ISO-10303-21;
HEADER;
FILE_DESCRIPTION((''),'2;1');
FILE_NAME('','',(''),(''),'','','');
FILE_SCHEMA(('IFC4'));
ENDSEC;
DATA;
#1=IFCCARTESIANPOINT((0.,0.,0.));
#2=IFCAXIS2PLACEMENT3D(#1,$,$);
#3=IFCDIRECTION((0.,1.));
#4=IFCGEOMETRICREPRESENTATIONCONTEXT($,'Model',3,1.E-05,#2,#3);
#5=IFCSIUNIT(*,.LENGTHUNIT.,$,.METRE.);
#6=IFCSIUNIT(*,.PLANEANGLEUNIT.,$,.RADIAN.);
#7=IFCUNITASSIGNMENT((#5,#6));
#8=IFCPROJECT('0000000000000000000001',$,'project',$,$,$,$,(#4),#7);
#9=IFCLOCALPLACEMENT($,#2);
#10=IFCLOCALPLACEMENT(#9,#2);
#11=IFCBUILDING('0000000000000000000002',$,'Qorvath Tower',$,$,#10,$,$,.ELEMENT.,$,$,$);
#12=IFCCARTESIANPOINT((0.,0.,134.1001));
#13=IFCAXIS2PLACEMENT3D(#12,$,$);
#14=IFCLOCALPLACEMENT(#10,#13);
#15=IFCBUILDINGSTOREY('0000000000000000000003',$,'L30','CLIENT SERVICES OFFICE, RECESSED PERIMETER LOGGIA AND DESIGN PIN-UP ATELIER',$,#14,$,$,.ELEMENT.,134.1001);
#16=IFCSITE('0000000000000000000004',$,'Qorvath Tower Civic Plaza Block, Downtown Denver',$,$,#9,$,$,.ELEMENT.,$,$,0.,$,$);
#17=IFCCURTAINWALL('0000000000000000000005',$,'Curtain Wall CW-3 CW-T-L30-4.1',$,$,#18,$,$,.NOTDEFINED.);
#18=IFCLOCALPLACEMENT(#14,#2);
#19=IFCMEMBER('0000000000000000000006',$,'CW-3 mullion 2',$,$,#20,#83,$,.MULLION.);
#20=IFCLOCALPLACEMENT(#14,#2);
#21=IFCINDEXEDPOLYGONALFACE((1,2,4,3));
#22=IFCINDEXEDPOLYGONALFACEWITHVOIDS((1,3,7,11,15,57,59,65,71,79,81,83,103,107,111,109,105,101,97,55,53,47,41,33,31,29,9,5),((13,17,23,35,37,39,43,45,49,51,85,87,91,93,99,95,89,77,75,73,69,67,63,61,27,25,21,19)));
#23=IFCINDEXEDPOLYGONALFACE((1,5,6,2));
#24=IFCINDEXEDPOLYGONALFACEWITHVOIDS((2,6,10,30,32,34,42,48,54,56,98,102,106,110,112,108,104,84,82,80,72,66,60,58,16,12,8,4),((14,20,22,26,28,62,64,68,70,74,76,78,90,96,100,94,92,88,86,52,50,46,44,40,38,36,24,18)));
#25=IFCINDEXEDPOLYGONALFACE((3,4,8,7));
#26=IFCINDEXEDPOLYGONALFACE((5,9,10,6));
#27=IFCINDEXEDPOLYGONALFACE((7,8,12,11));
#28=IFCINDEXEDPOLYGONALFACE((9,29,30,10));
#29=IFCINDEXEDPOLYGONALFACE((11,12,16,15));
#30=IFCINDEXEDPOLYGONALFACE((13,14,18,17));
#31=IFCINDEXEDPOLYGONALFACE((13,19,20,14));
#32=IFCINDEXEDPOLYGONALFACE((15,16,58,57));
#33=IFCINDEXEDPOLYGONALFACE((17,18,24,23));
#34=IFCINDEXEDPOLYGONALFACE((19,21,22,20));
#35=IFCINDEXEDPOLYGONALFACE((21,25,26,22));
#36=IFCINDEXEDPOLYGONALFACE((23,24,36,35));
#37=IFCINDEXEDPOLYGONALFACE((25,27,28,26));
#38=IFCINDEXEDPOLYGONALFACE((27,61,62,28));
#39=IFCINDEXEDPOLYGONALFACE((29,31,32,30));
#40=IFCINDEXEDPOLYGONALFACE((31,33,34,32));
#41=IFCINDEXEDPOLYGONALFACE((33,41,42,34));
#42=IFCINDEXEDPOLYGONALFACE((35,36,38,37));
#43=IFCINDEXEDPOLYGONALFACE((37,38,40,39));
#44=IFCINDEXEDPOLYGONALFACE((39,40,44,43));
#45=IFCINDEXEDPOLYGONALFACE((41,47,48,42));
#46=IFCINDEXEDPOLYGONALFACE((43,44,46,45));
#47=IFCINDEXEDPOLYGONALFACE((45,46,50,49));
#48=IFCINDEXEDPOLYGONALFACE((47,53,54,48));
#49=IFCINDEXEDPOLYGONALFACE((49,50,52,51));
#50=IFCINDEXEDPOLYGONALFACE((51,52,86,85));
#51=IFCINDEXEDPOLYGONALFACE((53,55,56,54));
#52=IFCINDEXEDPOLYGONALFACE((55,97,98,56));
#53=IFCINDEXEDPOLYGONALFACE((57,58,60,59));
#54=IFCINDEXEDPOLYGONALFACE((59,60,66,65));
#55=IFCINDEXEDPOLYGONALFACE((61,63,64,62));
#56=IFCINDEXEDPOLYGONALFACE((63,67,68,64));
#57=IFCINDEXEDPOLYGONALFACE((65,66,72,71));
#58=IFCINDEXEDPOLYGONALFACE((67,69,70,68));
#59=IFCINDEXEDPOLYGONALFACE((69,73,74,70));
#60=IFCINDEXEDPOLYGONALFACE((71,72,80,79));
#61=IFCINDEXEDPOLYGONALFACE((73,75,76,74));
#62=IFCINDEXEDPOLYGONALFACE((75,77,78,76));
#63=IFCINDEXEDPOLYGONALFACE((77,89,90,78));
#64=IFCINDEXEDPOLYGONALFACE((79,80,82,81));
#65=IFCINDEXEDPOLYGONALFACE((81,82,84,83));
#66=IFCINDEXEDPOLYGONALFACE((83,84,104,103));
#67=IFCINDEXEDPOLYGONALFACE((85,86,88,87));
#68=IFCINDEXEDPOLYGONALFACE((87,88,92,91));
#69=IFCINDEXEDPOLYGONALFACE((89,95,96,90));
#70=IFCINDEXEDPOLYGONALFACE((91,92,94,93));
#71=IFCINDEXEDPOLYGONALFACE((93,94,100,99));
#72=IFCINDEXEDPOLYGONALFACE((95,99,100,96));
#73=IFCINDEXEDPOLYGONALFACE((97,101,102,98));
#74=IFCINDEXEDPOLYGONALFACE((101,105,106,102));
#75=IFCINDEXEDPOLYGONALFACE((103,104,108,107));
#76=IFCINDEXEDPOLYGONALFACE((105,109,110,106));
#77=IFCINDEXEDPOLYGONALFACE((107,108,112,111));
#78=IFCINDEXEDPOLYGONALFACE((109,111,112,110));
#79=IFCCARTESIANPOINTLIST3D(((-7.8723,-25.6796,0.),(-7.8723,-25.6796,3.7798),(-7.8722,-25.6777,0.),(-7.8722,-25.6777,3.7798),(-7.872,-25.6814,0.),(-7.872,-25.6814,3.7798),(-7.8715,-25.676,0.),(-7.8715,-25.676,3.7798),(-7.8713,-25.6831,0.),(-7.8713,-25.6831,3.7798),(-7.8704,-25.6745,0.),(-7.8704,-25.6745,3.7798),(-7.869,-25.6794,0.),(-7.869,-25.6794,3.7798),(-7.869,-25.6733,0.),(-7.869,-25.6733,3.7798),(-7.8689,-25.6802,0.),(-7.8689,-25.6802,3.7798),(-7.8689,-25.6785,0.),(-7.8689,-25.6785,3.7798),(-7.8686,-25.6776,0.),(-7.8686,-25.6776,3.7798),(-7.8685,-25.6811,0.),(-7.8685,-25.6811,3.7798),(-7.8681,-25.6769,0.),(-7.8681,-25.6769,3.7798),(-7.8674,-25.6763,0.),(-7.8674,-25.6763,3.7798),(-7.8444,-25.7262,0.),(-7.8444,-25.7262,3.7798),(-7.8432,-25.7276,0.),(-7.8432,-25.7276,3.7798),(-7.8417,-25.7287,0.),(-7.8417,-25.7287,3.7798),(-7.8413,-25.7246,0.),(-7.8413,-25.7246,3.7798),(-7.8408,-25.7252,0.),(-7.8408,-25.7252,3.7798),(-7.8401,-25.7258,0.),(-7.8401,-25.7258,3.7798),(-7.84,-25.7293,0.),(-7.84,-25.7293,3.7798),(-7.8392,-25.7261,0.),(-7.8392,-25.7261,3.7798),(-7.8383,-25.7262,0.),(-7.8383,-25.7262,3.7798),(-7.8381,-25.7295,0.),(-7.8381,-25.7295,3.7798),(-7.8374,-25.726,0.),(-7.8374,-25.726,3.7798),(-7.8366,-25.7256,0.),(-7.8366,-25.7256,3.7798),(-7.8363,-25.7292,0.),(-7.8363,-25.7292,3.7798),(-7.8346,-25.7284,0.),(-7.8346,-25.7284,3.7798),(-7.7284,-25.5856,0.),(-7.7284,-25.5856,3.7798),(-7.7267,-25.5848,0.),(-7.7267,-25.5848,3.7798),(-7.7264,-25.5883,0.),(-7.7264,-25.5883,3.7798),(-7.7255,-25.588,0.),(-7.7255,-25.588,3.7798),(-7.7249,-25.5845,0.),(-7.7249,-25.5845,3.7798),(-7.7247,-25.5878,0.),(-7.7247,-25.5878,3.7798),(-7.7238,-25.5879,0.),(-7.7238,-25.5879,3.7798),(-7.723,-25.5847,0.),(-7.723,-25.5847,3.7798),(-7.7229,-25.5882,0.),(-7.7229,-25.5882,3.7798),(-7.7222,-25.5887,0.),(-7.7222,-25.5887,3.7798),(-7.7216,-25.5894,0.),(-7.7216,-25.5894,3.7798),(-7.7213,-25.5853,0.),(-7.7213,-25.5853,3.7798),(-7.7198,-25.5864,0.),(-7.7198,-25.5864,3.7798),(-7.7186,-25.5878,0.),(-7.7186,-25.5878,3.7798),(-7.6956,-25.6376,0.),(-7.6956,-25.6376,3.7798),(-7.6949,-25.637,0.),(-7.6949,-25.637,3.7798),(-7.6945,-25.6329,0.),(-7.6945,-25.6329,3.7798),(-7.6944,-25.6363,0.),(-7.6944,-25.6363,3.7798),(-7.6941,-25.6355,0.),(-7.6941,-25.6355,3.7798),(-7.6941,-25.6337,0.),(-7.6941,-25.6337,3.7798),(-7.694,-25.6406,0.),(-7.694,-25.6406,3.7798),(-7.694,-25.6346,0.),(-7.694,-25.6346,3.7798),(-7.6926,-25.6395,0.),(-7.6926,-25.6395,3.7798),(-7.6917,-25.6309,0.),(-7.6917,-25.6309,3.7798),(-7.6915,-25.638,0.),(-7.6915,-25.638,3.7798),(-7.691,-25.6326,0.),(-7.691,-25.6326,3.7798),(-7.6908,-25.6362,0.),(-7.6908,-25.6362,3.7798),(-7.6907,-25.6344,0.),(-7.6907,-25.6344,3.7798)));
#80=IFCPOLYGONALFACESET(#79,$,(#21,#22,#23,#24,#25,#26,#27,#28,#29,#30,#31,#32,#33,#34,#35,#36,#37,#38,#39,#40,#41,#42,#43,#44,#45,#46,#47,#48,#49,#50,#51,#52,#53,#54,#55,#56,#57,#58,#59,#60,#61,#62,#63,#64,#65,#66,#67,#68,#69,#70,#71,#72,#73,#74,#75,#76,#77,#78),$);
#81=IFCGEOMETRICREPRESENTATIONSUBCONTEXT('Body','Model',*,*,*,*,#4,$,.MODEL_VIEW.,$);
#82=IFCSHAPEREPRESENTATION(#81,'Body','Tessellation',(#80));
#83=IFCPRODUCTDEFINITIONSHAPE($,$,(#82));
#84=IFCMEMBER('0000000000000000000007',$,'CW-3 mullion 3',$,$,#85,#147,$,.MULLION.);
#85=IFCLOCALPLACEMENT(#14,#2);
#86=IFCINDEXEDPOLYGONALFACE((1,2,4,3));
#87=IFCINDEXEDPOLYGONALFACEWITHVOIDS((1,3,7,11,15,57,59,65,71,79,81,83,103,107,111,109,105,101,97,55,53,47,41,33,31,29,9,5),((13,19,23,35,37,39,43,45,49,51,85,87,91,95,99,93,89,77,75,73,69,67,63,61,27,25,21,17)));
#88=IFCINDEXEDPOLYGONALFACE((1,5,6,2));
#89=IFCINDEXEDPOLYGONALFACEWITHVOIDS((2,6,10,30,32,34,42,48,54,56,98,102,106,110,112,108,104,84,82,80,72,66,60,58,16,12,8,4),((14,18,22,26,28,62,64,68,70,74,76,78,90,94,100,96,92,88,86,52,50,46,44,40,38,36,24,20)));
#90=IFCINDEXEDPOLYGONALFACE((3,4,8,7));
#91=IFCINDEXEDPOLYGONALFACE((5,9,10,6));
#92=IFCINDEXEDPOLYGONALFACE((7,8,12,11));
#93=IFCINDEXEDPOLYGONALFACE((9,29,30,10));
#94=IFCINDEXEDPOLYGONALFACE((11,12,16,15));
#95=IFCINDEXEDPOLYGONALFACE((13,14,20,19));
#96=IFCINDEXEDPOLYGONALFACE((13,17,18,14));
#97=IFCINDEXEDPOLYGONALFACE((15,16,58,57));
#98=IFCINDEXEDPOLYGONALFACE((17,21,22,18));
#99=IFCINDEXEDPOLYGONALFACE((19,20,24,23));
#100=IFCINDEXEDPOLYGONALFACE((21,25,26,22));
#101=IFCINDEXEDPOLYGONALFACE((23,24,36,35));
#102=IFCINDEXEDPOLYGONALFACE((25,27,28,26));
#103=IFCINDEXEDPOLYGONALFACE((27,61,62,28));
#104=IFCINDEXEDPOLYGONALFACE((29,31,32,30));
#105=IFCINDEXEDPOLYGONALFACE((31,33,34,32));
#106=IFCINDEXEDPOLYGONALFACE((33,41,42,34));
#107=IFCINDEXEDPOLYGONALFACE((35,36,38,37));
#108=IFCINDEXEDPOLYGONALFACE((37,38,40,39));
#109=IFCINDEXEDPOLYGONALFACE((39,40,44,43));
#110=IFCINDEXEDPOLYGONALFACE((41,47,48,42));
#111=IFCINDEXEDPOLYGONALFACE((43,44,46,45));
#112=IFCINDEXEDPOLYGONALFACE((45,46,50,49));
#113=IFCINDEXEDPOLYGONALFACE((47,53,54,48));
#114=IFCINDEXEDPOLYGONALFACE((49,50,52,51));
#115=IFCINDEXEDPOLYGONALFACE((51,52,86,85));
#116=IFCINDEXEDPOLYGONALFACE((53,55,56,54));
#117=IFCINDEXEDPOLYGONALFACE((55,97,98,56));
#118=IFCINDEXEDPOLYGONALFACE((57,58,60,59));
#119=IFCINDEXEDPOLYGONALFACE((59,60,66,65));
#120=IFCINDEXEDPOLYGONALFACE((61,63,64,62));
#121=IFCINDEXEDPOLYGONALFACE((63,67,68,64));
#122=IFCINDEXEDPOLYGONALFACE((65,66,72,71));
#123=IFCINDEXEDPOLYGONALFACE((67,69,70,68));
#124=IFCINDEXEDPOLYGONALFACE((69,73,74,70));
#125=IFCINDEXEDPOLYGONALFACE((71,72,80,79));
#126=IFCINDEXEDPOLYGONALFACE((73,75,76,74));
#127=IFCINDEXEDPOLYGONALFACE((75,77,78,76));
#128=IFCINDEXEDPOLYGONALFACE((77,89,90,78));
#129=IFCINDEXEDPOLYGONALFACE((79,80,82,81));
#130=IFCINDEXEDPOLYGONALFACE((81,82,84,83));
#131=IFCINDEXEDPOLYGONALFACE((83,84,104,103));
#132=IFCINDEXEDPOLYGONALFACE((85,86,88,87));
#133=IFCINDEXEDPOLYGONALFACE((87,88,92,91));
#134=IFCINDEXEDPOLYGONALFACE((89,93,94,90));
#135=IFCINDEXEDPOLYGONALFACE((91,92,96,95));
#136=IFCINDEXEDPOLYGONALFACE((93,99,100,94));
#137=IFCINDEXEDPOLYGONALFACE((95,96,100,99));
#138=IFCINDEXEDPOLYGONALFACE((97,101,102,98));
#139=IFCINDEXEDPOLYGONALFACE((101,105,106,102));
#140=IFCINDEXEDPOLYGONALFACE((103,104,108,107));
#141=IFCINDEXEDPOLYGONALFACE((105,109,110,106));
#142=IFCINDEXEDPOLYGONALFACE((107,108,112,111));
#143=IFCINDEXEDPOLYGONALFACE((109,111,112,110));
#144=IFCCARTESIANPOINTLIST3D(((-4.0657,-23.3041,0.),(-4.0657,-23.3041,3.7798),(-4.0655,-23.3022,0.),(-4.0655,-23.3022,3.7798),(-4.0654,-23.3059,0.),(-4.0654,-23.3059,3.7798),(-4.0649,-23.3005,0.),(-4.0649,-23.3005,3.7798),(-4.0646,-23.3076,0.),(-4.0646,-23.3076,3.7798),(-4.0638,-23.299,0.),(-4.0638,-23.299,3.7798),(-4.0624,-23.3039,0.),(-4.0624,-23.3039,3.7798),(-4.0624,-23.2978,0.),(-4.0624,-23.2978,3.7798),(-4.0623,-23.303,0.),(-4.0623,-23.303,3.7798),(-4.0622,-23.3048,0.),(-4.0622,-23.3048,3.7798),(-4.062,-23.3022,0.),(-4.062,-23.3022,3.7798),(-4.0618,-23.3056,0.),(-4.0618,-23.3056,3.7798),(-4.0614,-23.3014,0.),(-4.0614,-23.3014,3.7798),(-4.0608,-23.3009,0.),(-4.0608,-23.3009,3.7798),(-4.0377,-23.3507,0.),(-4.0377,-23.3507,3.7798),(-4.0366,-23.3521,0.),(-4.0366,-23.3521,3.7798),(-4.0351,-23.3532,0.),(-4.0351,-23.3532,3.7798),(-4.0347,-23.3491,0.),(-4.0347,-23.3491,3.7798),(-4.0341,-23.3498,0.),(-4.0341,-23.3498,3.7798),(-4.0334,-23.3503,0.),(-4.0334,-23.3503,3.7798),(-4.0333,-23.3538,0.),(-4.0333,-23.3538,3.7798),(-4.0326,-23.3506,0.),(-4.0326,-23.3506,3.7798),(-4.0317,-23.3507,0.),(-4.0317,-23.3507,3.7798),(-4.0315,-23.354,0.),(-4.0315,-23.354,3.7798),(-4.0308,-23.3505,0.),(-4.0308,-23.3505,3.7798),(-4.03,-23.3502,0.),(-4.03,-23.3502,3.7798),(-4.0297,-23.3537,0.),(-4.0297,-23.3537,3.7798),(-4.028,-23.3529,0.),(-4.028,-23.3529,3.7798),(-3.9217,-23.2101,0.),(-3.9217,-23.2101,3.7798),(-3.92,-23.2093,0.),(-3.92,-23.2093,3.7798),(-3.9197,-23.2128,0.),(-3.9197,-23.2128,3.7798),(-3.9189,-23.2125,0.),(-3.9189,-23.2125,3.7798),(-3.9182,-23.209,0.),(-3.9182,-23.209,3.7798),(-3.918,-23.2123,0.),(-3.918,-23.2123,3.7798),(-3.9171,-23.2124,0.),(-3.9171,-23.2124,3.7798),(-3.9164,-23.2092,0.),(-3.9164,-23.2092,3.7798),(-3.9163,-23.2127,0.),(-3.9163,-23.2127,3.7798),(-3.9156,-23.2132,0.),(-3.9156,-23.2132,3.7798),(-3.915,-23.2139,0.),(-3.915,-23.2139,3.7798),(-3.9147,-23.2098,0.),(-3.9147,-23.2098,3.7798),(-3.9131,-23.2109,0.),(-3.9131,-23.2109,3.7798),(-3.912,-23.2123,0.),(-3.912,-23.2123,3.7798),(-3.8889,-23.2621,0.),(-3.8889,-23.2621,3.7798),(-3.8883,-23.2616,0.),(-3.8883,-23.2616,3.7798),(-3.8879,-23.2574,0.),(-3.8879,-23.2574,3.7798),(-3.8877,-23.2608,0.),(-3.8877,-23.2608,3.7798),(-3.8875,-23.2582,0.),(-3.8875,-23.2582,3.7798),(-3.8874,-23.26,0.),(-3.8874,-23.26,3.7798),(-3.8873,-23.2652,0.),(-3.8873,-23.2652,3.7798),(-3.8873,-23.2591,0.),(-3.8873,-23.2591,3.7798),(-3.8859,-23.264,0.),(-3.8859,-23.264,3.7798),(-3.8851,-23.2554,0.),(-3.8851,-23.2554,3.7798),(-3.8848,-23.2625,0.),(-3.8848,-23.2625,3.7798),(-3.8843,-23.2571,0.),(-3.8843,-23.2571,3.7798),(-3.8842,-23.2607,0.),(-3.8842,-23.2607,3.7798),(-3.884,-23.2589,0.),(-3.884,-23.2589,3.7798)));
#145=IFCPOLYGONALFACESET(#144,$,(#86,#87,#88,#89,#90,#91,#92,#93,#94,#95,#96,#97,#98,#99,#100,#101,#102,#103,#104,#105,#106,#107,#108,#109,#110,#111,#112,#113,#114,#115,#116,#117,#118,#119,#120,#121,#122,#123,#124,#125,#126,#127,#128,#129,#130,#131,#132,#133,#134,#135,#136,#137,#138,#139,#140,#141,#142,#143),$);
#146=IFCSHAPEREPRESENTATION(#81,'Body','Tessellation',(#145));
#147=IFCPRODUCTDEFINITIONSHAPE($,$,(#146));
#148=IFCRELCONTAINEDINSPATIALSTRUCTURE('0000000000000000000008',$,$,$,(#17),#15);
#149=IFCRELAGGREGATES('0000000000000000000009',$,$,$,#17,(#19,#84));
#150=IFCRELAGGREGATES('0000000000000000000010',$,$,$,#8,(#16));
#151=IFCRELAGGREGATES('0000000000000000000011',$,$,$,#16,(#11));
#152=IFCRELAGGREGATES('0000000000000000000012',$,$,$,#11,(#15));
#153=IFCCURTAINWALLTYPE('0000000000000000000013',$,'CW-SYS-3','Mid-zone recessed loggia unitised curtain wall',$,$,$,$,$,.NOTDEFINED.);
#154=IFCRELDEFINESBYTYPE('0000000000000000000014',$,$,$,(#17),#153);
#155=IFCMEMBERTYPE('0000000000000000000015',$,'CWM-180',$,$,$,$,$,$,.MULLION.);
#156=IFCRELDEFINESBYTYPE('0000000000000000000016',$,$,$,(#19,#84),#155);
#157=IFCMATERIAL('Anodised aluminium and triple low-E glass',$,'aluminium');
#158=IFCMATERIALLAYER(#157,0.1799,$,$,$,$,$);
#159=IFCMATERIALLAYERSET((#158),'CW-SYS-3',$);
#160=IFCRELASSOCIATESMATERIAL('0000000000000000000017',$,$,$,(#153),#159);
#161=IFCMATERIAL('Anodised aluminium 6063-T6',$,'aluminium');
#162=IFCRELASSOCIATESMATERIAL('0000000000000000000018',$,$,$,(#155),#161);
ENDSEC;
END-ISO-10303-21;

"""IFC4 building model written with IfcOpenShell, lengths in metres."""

from ifc_helpers import new_model, si_unit, direction, frame, origin, origin_2d, place, context, subcontext, project, spatial, hollow_rectangle, extrude, material, layer, layer_set, material_profile, profile_set, type_object, element, aggregate, save


model = new_model("IFC4")

# Units and contexts
model_context = context("Model", 3, precision=1e-05, world=origin(), true_north=direction((0.0, 1.0)))
body_context = subcontext(model_context, "Body", "Model", "MODEL_VIEW")
ifc_project = project(units=[si_unit("LENGTHUNIT", "METRE"), si_unit("PLANEANGLEUNIT", "RADIAN")], contexts=[model_context])

# Site, building, storey
site_placement = place(None, origin())
site = spatial("IfcSite", under=ifc_project, at=site_placement, Name="Qorvath Tower Civic Plaza Block, Downtown Denver", CompositionType="ELEMENT", RefElevation=0.0)
building_placement = place(site_placement, origin())
building = spatial("IfcBuilding", under=site, at=building_placement, Name="Qorvath Tower", CompositionType="ELEMENT")
storey_placement = place(building_placement, frame((0.0, 0.0, 134.1001)))
storey = spatial("IfcBuildingStorey", under=building, at=storey_placement, Name="L30", Description="CLIENT SERVICES OFFICE, RECESSED PERIMETER LOGGIA AND DESIGN PIN-UP ATELIER", CompositionType="ELEMENT", Elevation=134.1001)

# Curtain wall, members
ifc_material_1 = material(Name="Anodised aluminium and triple low-E glass", Category="aluminium")
ifc_layer_1 = layer(ifc_material_1, 0.1799)
ifc_layer_set_1 = layer_set([ifc_layer_1], Name="CW-SYS-3")
curtain_wall_type = type_object("IfcCurtainWallType", Name="CW-SYS-3", Description="Mid-zone recessed loggia unitised curtain wall", PredefinedType="NOTDEFINED", material=ifc_layer_set_1)
curtain_wall_1_placement = place(storey_placement, origin())
curtain_wall_1 = element("IfcCurtainWall", 1, at=curtain_wall_1_placement, inside=storey, type_object=curtain_wall_type, Name="Curtain Wall CW-3 CW-T-L30-4.1", PredefinedType="NOTDEFINED")
ifc_material_2 = material(Name="Anodised aluminium 6063-T6", Category="aluminium")
ifc_material_profile_1 = material_profile(ifc_material_2, hollow_rectangle(XDim=0.0649, YDim=0.1799, WallThickness=0.0034, InnerFilletRadius=0.0034, OuterFilletRadius=0.0071, at=origin_2d()), Name="CWM 180x65")
ifc_profile_set_1 = profile_set([ifc_material_profile_1], Name="Anodised aluminium 6063-T6")
member_type_1 = type_object("IfcMemberType", Name="CWM-180", PredefinedType="MULLION", material=ifc_profile_set_1)
member_1_placement = place(storey_placement, frame((-7.7815, -25.657, 0.0), z_axis=(0.0, 0.0, 1.0), x_axis=(-0.52944, 0.848347, 0.0)))
member_1 = element("IfcMember", 2, at=member_1_placement, type_object=member_type_1, Name="CW-3 mullion 2", PredefinedType="MULLION", context=body_context, shape_type="SweptSolid", body=[
    extrude(hollow_rectangle(XDim=0.0649, YDim=0.1799, WallThickness=0.0034, InnerFilletRadius=0.0034, OuterFilletRadius=0.0071, at=origin_2d()), origin(), (0.0, 0.0, 1.0), 3.7798),
])
member_2_placement = place(storey_placement, frame((-3.9749, -23.2815, 0.0), z_axis=(0.0, 0.0, 1.0), x_axis=(-0.52944, 0.848347, 0.0)))
member_2 = element("IfcMember", 3, at=member_2_placement, type_object=member_type_1, Name="CW-3 mullion 3", PredefinedType="MULLION", context=body_context, shape_type="SweptSolid", body=[
    extrude(hollow_rectangle(XDim=0.0649, YDim=0.1799, WallThickness=0.0034, InnerFilletRadius=0.0034, OuterFilletRadius=0.0071, at=origin_2d()), origin(), (0.0, 0.0, 1.0), 3.7798),
])

aggregate(curtain_wall_1, [member_1, member_2])

save(model, "model.ifc")
